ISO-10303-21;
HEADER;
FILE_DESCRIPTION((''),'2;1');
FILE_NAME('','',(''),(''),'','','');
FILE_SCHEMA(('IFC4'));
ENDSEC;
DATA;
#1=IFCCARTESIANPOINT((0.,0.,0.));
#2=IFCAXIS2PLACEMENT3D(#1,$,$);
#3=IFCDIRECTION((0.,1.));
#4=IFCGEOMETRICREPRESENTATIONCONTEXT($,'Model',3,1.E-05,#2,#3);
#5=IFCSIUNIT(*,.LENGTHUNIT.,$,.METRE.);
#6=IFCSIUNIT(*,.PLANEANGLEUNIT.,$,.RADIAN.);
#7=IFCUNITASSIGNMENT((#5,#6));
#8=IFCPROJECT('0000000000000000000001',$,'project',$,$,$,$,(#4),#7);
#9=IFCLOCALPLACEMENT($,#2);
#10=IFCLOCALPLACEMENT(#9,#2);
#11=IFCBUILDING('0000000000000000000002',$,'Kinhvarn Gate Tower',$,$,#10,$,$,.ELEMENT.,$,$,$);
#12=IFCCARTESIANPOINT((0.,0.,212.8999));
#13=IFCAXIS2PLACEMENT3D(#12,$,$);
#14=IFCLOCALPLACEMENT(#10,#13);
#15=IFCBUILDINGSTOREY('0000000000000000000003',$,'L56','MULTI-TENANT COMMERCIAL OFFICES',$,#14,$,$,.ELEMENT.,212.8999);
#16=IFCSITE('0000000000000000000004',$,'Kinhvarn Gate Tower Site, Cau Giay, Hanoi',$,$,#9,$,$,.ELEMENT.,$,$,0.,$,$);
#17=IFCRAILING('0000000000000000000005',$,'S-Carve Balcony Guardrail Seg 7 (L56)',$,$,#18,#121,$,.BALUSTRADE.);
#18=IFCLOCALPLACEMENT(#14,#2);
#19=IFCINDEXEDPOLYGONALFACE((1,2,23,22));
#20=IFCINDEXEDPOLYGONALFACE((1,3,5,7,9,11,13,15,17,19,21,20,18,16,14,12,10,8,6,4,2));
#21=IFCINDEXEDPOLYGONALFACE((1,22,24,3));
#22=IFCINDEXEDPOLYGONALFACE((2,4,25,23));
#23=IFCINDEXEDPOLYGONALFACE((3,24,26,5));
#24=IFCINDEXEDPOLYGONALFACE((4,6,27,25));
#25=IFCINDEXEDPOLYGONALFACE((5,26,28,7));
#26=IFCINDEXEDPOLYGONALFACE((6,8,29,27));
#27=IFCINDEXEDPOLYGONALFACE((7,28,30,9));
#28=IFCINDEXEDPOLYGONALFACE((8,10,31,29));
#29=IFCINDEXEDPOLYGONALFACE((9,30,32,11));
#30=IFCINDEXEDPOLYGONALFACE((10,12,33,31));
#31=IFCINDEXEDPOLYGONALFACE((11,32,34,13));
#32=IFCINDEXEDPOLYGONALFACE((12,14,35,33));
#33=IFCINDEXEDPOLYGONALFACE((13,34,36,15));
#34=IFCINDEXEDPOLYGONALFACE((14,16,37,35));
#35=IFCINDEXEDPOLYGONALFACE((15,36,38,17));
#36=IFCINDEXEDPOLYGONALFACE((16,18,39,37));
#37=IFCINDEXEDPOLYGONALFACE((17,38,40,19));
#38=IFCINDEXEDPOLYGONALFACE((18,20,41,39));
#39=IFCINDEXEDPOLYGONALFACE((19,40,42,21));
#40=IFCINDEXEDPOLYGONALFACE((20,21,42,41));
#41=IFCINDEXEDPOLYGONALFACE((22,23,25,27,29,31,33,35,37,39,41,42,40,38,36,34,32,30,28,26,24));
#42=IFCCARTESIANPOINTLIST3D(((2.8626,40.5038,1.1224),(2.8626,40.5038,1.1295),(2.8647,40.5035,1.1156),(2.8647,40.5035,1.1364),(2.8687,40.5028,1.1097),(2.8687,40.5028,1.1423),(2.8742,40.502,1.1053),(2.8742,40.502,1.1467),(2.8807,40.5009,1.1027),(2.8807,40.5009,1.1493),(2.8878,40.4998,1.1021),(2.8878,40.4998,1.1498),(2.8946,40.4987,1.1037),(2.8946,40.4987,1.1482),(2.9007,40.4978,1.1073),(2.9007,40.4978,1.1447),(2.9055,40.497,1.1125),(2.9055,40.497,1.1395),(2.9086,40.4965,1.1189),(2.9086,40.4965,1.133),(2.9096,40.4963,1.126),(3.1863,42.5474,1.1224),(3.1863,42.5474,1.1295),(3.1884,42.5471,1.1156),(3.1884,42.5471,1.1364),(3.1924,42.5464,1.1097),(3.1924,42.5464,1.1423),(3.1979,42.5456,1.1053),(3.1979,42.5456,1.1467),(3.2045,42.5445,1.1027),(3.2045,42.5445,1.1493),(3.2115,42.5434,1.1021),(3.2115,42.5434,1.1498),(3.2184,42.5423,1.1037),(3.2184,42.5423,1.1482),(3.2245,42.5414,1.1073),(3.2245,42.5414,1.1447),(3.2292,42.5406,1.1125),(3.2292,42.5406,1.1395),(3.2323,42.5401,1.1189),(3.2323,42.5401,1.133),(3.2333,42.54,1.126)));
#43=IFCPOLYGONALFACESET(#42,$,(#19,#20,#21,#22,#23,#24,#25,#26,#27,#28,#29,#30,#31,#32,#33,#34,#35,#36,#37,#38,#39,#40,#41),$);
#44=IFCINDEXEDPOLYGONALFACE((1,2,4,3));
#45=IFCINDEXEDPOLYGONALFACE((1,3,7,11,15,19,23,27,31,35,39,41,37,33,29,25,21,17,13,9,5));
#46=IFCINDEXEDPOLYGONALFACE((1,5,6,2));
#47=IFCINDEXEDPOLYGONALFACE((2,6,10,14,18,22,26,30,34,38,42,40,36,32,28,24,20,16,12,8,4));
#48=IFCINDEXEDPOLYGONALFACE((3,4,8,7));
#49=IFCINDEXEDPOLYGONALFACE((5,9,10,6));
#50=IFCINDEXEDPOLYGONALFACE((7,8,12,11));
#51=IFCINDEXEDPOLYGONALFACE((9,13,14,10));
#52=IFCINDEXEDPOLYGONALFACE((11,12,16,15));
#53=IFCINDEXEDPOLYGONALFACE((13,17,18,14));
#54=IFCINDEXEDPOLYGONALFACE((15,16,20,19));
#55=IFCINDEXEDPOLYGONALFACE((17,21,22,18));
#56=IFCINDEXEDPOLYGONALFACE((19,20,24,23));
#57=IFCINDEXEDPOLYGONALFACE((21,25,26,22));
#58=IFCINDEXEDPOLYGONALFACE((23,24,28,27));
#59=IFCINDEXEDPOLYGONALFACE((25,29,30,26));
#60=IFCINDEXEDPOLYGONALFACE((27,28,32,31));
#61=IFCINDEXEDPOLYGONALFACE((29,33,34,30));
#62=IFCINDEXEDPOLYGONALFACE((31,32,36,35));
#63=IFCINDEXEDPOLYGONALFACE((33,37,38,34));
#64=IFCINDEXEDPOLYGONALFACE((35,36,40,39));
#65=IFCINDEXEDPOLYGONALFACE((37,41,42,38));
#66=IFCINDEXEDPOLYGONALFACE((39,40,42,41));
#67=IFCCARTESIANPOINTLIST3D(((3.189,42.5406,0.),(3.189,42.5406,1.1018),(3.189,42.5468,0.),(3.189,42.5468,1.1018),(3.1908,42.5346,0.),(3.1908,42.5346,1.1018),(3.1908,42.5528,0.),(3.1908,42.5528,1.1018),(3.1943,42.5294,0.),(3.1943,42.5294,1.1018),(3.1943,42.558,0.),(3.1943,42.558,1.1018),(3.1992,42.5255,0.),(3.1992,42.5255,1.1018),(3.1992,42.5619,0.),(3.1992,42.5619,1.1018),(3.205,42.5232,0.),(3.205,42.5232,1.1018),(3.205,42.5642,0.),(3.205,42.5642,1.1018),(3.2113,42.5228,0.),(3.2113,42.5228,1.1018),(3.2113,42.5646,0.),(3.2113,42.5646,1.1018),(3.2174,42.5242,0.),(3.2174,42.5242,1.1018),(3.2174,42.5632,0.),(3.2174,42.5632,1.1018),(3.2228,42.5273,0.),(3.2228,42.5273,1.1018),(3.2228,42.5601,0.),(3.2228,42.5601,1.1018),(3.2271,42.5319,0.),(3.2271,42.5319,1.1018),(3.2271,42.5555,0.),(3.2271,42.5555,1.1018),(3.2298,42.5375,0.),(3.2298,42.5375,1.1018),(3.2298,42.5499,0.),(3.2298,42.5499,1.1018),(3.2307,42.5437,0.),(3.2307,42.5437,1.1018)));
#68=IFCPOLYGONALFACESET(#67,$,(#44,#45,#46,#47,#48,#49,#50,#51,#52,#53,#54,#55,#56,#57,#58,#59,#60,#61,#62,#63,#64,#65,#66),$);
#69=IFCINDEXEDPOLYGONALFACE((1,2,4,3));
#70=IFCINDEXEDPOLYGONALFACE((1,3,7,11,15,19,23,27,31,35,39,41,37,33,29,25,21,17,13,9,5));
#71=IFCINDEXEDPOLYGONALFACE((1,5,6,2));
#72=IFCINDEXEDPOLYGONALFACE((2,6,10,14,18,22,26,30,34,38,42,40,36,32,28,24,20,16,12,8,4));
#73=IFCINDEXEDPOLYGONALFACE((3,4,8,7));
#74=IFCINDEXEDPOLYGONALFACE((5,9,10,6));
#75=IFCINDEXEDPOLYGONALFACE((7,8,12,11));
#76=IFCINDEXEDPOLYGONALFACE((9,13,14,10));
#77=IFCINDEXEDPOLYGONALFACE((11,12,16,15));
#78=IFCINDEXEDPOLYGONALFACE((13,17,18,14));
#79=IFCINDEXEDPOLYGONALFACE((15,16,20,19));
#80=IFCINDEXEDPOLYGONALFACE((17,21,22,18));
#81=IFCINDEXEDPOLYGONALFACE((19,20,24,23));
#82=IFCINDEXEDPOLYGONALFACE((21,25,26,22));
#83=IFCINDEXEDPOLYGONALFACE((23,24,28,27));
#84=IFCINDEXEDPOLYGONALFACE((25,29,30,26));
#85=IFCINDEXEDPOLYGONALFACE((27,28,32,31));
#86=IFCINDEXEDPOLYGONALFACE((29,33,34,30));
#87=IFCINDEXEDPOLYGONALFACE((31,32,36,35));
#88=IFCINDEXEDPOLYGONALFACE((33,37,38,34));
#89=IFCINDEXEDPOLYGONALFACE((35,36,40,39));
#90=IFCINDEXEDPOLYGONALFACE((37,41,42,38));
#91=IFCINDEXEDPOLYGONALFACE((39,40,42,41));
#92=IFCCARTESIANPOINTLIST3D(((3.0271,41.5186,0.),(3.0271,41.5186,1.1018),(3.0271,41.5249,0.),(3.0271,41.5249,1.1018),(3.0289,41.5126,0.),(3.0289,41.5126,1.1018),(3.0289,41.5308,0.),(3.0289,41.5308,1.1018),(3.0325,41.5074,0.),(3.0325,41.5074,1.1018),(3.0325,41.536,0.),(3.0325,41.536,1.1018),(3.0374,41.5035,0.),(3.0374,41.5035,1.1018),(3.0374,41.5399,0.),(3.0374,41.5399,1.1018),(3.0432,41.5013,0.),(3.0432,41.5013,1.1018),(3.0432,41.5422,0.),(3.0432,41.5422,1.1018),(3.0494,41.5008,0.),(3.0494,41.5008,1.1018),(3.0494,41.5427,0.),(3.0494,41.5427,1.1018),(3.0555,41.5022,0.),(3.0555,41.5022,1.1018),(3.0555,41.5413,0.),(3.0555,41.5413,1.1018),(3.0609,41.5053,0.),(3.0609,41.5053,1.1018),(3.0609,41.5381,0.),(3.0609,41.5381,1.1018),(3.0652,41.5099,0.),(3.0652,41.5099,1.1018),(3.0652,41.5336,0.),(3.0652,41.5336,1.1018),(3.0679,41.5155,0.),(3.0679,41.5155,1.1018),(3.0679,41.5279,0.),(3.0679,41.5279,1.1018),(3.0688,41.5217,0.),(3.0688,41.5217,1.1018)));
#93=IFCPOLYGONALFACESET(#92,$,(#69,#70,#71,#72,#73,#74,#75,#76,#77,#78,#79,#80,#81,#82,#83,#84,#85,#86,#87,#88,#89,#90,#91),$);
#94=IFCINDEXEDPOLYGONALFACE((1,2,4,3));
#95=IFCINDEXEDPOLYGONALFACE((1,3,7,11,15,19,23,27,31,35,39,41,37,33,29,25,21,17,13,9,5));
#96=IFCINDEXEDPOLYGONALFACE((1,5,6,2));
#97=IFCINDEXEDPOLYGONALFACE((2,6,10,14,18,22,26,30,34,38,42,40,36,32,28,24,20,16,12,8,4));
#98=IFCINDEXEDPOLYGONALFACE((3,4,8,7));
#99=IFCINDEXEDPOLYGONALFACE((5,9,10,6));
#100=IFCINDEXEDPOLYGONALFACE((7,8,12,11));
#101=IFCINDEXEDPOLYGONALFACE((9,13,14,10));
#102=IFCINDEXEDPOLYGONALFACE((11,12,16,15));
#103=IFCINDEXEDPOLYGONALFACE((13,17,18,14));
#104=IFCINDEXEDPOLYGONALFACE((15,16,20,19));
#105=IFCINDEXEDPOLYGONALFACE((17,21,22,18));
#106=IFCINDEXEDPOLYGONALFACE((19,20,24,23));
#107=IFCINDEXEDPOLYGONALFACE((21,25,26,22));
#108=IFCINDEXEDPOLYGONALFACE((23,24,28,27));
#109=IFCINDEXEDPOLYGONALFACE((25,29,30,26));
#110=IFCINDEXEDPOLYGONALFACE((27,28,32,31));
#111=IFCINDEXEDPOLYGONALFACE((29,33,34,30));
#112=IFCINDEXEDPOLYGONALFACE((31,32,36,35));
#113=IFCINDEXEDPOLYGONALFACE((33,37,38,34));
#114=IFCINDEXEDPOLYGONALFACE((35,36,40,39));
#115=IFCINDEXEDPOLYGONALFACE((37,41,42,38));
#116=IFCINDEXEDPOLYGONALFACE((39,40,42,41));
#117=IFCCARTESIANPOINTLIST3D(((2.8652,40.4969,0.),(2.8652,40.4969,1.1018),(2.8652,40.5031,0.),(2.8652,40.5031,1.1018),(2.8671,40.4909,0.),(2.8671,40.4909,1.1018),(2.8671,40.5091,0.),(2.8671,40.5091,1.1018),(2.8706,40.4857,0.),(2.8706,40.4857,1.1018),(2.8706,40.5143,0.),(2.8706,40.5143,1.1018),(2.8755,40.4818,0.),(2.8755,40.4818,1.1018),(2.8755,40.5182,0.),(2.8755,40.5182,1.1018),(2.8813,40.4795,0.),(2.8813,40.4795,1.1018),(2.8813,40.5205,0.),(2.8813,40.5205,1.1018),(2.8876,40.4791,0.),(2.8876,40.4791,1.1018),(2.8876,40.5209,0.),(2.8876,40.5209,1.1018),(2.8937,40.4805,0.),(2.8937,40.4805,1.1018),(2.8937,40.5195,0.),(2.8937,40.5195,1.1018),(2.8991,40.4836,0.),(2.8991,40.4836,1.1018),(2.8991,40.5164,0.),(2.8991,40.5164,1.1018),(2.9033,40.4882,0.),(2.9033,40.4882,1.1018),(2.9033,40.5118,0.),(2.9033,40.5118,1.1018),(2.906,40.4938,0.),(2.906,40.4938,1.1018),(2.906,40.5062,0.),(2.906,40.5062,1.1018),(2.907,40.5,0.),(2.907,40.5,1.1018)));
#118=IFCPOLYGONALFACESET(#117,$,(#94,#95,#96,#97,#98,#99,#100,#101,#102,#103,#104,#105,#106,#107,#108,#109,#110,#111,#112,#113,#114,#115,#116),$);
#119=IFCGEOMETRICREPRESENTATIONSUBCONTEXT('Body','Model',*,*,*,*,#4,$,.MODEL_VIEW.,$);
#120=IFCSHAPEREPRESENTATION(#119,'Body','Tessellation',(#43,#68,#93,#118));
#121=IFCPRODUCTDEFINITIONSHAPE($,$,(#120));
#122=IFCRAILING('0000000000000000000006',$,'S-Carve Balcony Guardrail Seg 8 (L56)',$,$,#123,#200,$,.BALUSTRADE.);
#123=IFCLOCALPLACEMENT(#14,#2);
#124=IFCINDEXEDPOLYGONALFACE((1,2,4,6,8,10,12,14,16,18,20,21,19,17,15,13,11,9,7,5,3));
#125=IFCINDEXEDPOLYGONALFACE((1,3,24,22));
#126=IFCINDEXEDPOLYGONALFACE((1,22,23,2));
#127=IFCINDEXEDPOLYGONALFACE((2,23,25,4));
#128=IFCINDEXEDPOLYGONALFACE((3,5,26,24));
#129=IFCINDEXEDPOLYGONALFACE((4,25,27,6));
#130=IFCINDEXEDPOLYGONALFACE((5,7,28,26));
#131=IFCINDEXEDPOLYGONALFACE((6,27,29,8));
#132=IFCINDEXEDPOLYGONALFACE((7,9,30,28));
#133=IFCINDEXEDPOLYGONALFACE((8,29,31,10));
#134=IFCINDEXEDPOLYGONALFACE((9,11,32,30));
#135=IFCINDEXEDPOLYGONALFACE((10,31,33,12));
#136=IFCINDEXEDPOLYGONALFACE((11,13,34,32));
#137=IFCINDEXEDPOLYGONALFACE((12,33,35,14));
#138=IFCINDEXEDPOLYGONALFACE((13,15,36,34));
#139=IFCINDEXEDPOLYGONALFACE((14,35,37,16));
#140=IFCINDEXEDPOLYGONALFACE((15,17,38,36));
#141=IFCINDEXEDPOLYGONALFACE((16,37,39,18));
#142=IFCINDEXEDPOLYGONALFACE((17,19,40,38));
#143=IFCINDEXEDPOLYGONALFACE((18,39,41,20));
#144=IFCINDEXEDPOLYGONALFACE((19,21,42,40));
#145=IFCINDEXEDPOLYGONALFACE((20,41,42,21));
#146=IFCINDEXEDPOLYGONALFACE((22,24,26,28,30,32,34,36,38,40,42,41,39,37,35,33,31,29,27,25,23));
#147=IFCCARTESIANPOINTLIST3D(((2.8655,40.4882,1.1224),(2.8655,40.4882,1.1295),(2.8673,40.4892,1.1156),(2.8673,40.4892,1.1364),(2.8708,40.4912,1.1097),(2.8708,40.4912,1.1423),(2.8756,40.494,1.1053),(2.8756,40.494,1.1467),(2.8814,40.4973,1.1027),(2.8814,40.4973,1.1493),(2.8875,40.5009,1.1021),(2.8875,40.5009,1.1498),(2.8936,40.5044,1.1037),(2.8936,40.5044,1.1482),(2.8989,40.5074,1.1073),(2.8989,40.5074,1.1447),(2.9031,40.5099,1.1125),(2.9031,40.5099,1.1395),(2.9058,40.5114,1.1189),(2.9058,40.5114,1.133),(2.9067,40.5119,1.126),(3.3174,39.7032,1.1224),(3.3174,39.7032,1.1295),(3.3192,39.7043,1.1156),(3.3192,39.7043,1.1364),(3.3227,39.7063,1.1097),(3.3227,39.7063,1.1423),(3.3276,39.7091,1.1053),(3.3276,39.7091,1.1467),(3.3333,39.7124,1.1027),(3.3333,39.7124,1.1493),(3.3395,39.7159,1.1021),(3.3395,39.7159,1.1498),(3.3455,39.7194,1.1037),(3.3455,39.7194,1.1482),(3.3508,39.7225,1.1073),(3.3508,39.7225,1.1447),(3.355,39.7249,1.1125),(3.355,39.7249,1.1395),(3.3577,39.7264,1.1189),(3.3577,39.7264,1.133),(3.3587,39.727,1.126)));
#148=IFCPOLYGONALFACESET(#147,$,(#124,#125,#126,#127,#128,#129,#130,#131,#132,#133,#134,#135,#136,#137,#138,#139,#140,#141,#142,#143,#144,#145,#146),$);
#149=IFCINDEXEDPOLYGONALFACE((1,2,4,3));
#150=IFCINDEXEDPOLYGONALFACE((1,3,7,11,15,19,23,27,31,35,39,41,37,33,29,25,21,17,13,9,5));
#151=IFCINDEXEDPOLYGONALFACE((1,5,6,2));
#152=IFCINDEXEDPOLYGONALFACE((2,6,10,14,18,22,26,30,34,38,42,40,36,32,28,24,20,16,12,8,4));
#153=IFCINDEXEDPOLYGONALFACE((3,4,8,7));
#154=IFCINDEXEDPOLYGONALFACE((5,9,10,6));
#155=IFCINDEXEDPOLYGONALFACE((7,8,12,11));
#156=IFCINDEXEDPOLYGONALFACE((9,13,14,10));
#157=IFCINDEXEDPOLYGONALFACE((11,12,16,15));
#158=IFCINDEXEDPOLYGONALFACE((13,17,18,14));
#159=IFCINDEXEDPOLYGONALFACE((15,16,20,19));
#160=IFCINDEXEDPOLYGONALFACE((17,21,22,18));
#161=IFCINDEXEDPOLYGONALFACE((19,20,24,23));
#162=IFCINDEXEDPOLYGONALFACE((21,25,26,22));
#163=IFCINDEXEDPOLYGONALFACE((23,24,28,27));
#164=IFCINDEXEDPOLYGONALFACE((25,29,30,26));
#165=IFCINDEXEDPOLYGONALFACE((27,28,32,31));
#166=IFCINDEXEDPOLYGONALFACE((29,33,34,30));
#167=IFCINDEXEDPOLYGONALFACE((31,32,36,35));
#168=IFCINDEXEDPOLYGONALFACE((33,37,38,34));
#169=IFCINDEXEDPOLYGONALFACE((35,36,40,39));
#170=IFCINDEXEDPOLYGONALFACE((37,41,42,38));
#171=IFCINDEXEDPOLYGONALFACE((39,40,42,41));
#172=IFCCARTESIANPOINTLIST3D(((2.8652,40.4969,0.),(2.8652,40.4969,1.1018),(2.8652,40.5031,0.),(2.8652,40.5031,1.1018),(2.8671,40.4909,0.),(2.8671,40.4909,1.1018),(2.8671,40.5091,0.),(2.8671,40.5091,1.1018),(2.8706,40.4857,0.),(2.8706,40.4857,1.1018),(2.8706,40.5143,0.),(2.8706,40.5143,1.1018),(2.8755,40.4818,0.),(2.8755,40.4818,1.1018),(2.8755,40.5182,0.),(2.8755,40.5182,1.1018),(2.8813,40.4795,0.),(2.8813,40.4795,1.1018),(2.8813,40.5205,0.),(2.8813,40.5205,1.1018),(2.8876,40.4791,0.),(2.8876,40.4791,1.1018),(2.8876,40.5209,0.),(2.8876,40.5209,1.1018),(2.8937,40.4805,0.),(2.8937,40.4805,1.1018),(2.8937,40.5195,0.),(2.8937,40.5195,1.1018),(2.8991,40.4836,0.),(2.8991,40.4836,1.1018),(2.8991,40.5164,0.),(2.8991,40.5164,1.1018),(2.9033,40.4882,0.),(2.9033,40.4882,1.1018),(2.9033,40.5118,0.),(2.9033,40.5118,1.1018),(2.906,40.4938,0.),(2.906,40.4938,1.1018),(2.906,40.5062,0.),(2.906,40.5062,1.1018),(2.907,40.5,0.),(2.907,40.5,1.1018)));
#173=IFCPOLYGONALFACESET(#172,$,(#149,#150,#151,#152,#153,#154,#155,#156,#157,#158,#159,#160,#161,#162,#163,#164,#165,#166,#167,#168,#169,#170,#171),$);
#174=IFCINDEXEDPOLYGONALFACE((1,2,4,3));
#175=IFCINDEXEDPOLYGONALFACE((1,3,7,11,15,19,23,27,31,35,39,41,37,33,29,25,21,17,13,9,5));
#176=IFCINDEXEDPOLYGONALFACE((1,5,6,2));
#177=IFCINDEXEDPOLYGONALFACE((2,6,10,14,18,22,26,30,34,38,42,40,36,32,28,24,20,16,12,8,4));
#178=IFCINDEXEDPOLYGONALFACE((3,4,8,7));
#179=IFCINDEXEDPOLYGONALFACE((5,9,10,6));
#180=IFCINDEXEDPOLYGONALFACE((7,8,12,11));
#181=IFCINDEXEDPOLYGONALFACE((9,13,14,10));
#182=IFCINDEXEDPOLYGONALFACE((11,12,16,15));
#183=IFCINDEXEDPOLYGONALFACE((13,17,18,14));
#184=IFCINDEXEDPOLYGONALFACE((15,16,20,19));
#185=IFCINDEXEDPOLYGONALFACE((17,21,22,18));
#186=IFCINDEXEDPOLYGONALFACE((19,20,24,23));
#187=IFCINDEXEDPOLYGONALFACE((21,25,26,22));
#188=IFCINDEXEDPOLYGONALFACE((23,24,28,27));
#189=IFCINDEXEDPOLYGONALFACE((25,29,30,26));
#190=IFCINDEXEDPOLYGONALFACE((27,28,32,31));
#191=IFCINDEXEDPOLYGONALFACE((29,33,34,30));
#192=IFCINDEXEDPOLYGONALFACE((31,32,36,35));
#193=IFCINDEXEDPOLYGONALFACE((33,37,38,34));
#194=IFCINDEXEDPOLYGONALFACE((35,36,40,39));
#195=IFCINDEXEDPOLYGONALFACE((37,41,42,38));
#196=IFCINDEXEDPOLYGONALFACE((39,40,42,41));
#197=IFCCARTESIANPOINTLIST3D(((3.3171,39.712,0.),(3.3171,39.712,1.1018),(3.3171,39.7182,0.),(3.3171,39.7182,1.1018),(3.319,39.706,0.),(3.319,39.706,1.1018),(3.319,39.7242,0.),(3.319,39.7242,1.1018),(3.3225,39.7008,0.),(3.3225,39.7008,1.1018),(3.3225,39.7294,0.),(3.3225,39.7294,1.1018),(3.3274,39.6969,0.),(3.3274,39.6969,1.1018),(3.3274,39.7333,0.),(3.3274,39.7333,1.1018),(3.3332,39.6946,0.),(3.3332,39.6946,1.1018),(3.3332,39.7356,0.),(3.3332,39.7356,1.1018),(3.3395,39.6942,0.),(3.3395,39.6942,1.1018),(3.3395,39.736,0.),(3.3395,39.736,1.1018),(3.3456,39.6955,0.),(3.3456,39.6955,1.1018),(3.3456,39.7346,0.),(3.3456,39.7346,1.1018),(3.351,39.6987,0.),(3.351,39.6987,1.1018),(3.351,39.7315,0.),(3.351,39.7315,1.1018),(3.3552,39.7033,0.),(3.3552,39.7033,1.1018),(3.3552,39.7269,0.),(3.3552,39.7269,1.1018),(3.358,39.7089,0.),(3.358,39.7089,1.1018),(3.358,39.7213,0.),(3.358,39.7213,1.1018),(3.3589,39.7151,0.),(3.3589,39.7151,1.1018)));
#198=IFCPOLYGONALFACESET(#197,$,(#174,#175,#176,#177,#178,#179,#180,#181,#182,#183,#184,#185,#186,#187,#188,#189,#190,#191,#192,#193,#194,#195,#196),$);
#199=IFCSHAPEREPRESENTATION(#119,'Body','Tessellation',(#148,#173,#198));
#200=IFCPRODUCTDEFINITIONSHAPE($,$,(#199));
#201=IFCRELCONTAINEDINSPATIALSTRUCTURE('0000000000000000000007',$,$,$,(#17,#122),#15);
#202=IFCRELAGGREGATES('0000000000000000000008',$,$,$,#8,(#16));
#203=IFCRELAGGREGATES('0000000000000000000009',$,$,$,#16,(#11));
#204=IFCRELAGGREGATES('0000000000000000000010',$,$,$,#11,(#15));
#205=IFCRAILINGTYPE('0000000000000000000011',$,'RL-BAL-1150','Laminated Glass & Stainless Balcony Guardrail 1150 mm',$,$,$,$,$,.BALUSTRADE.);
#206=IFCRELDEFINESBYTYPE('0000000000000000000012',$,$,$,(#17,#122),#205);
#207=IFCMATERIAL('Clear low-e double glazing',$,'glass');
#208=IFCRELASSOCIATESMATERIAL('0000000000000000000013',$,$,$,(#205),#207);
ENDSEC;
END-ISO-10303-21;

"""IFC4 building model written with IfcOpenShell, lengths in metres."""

from ifc_helpers import new_model, si_unit, direction, frame, origin, origin_2d, place, context, subcontext, project, spatial, circle, extrude, material, type_object, element, save


model = new_model("IFC4")

# Units and contexts
model_context = context("Model", 3, precision=1e-05, world=origin(), true_north=direction((0.0, 1.0)))
body_context = subcontext(model_context, "Body", "Model", "MODEL_VIEW")
ifc_project = project(units=[si_unit("LENGTHUNIT", "METRE"), si_unit("PLANEANGLEUNIT", "RADIAN")], contexts=[model_context])

# Site, building, storey
site_placement = place(None, origin())
site = spatial("IfcSite", under=ifc_project, at=site_placement, Name="Kinhvarn Gate Tower Site, Cau Giay, Hanoi", CompositionType="ELEMENT", RefElevation=0.0)
building_placement = place(site_placement, origin())
building = spatial("IfcBuilding", under=site, at=building_placement, Name="Kinhvarn Gate Tower", CompositionType="ELEMENT")
storey_placement = place(building_placement, frame((0.0, 0.0, 212.8999)))
storey = spatial("IfcBuildingStorey", under=building, at=storey_placement, Name="L56", Description="MULTI-TENANT COMMERCIAL OFFICES", CompositionType="ELEMENT", Elevation=212.8999)

# Shared definitions
ifc_material_1 = material(Name="Clear low-e double glazing", Category="glass")

# Railings
railing_type = type_object("IfcRailingType", Name="RL-BAL-1150", Description="Laminated Glass & Stainless Balcony Guardrail 1150 mm", PredefinedType="BALUSTRADE", material=ifc_material_1)
railing_1_placement = place(storey_placement, frame((3.2097, 42.5437, 0.0)))
element("IfcRailing", 1, at=railing_1_placement, inside=storey, type_object=railing_type, Name="S-Carve Balcony Guardrail Seg 7 (L56)", PredefinedType="BALUSTRADE", context=body_context, shape_type="SweptSolid", body=[
    extrude(circle(Radius=0.0239, at=origin_2d()), frame((0.0, 0.0, 1.126), z_axis=(-0.156453, -0.987685, 0.0), x_axis=(0.987685, -0.156453, 0.0)), (0.0, 0.0, 1.0), 2.0691),
    extrude(circle(Radius=0.021, at=origin_2d()), origin(), (0.0, 0.0, 1.0), 1.1018),
    extrude(circle(Radius=0.021, at=origin_2d()), frame((-0.1619, -1.022, 0.0)), (0.0, 0.0, 1.0), 1.1018),
    extrude(circle(Radius=0.021, at=origin_2d()), frame((-0.3237, -2.0437, 0.0)), (0.0, 0.0, 1.0), 1.1018),
])
railing_2_placement = place(storey_placement, frame((2.886, 40.5, 0.0)))
element("IfcRailing", 2, at=railing_2_placement, inside=storey, type_object=railing_type, Name="S-Carve Balcony Guardrail Seg 8 (L56)", PredefinedType="BALUSTRADE", context=body_context, shape_type="SweptSolid", body=[
    extrude(circle(Radius=0.0239, at=origin_2d()), frame((0.0, 0.0, 1.126), z_axis=(0.498952, -0.86663, 0.0), x_axis=(0.86663, 0.498952, 0.0)), (0.0, 0.0, 1.0), 0.9058),
    extrude(circle(Radius=0.021, at=origin_2d()), origin(), (0.0, 0.0, 1.0), 1.1018),
    extrude(circle(Radius=0.021, at=origin_2d()), frame((0.4519, -0.7849, 0.0)), (0.0, 0.0, 1.0), 1.1018),
])

save(model, "model.ifc")
